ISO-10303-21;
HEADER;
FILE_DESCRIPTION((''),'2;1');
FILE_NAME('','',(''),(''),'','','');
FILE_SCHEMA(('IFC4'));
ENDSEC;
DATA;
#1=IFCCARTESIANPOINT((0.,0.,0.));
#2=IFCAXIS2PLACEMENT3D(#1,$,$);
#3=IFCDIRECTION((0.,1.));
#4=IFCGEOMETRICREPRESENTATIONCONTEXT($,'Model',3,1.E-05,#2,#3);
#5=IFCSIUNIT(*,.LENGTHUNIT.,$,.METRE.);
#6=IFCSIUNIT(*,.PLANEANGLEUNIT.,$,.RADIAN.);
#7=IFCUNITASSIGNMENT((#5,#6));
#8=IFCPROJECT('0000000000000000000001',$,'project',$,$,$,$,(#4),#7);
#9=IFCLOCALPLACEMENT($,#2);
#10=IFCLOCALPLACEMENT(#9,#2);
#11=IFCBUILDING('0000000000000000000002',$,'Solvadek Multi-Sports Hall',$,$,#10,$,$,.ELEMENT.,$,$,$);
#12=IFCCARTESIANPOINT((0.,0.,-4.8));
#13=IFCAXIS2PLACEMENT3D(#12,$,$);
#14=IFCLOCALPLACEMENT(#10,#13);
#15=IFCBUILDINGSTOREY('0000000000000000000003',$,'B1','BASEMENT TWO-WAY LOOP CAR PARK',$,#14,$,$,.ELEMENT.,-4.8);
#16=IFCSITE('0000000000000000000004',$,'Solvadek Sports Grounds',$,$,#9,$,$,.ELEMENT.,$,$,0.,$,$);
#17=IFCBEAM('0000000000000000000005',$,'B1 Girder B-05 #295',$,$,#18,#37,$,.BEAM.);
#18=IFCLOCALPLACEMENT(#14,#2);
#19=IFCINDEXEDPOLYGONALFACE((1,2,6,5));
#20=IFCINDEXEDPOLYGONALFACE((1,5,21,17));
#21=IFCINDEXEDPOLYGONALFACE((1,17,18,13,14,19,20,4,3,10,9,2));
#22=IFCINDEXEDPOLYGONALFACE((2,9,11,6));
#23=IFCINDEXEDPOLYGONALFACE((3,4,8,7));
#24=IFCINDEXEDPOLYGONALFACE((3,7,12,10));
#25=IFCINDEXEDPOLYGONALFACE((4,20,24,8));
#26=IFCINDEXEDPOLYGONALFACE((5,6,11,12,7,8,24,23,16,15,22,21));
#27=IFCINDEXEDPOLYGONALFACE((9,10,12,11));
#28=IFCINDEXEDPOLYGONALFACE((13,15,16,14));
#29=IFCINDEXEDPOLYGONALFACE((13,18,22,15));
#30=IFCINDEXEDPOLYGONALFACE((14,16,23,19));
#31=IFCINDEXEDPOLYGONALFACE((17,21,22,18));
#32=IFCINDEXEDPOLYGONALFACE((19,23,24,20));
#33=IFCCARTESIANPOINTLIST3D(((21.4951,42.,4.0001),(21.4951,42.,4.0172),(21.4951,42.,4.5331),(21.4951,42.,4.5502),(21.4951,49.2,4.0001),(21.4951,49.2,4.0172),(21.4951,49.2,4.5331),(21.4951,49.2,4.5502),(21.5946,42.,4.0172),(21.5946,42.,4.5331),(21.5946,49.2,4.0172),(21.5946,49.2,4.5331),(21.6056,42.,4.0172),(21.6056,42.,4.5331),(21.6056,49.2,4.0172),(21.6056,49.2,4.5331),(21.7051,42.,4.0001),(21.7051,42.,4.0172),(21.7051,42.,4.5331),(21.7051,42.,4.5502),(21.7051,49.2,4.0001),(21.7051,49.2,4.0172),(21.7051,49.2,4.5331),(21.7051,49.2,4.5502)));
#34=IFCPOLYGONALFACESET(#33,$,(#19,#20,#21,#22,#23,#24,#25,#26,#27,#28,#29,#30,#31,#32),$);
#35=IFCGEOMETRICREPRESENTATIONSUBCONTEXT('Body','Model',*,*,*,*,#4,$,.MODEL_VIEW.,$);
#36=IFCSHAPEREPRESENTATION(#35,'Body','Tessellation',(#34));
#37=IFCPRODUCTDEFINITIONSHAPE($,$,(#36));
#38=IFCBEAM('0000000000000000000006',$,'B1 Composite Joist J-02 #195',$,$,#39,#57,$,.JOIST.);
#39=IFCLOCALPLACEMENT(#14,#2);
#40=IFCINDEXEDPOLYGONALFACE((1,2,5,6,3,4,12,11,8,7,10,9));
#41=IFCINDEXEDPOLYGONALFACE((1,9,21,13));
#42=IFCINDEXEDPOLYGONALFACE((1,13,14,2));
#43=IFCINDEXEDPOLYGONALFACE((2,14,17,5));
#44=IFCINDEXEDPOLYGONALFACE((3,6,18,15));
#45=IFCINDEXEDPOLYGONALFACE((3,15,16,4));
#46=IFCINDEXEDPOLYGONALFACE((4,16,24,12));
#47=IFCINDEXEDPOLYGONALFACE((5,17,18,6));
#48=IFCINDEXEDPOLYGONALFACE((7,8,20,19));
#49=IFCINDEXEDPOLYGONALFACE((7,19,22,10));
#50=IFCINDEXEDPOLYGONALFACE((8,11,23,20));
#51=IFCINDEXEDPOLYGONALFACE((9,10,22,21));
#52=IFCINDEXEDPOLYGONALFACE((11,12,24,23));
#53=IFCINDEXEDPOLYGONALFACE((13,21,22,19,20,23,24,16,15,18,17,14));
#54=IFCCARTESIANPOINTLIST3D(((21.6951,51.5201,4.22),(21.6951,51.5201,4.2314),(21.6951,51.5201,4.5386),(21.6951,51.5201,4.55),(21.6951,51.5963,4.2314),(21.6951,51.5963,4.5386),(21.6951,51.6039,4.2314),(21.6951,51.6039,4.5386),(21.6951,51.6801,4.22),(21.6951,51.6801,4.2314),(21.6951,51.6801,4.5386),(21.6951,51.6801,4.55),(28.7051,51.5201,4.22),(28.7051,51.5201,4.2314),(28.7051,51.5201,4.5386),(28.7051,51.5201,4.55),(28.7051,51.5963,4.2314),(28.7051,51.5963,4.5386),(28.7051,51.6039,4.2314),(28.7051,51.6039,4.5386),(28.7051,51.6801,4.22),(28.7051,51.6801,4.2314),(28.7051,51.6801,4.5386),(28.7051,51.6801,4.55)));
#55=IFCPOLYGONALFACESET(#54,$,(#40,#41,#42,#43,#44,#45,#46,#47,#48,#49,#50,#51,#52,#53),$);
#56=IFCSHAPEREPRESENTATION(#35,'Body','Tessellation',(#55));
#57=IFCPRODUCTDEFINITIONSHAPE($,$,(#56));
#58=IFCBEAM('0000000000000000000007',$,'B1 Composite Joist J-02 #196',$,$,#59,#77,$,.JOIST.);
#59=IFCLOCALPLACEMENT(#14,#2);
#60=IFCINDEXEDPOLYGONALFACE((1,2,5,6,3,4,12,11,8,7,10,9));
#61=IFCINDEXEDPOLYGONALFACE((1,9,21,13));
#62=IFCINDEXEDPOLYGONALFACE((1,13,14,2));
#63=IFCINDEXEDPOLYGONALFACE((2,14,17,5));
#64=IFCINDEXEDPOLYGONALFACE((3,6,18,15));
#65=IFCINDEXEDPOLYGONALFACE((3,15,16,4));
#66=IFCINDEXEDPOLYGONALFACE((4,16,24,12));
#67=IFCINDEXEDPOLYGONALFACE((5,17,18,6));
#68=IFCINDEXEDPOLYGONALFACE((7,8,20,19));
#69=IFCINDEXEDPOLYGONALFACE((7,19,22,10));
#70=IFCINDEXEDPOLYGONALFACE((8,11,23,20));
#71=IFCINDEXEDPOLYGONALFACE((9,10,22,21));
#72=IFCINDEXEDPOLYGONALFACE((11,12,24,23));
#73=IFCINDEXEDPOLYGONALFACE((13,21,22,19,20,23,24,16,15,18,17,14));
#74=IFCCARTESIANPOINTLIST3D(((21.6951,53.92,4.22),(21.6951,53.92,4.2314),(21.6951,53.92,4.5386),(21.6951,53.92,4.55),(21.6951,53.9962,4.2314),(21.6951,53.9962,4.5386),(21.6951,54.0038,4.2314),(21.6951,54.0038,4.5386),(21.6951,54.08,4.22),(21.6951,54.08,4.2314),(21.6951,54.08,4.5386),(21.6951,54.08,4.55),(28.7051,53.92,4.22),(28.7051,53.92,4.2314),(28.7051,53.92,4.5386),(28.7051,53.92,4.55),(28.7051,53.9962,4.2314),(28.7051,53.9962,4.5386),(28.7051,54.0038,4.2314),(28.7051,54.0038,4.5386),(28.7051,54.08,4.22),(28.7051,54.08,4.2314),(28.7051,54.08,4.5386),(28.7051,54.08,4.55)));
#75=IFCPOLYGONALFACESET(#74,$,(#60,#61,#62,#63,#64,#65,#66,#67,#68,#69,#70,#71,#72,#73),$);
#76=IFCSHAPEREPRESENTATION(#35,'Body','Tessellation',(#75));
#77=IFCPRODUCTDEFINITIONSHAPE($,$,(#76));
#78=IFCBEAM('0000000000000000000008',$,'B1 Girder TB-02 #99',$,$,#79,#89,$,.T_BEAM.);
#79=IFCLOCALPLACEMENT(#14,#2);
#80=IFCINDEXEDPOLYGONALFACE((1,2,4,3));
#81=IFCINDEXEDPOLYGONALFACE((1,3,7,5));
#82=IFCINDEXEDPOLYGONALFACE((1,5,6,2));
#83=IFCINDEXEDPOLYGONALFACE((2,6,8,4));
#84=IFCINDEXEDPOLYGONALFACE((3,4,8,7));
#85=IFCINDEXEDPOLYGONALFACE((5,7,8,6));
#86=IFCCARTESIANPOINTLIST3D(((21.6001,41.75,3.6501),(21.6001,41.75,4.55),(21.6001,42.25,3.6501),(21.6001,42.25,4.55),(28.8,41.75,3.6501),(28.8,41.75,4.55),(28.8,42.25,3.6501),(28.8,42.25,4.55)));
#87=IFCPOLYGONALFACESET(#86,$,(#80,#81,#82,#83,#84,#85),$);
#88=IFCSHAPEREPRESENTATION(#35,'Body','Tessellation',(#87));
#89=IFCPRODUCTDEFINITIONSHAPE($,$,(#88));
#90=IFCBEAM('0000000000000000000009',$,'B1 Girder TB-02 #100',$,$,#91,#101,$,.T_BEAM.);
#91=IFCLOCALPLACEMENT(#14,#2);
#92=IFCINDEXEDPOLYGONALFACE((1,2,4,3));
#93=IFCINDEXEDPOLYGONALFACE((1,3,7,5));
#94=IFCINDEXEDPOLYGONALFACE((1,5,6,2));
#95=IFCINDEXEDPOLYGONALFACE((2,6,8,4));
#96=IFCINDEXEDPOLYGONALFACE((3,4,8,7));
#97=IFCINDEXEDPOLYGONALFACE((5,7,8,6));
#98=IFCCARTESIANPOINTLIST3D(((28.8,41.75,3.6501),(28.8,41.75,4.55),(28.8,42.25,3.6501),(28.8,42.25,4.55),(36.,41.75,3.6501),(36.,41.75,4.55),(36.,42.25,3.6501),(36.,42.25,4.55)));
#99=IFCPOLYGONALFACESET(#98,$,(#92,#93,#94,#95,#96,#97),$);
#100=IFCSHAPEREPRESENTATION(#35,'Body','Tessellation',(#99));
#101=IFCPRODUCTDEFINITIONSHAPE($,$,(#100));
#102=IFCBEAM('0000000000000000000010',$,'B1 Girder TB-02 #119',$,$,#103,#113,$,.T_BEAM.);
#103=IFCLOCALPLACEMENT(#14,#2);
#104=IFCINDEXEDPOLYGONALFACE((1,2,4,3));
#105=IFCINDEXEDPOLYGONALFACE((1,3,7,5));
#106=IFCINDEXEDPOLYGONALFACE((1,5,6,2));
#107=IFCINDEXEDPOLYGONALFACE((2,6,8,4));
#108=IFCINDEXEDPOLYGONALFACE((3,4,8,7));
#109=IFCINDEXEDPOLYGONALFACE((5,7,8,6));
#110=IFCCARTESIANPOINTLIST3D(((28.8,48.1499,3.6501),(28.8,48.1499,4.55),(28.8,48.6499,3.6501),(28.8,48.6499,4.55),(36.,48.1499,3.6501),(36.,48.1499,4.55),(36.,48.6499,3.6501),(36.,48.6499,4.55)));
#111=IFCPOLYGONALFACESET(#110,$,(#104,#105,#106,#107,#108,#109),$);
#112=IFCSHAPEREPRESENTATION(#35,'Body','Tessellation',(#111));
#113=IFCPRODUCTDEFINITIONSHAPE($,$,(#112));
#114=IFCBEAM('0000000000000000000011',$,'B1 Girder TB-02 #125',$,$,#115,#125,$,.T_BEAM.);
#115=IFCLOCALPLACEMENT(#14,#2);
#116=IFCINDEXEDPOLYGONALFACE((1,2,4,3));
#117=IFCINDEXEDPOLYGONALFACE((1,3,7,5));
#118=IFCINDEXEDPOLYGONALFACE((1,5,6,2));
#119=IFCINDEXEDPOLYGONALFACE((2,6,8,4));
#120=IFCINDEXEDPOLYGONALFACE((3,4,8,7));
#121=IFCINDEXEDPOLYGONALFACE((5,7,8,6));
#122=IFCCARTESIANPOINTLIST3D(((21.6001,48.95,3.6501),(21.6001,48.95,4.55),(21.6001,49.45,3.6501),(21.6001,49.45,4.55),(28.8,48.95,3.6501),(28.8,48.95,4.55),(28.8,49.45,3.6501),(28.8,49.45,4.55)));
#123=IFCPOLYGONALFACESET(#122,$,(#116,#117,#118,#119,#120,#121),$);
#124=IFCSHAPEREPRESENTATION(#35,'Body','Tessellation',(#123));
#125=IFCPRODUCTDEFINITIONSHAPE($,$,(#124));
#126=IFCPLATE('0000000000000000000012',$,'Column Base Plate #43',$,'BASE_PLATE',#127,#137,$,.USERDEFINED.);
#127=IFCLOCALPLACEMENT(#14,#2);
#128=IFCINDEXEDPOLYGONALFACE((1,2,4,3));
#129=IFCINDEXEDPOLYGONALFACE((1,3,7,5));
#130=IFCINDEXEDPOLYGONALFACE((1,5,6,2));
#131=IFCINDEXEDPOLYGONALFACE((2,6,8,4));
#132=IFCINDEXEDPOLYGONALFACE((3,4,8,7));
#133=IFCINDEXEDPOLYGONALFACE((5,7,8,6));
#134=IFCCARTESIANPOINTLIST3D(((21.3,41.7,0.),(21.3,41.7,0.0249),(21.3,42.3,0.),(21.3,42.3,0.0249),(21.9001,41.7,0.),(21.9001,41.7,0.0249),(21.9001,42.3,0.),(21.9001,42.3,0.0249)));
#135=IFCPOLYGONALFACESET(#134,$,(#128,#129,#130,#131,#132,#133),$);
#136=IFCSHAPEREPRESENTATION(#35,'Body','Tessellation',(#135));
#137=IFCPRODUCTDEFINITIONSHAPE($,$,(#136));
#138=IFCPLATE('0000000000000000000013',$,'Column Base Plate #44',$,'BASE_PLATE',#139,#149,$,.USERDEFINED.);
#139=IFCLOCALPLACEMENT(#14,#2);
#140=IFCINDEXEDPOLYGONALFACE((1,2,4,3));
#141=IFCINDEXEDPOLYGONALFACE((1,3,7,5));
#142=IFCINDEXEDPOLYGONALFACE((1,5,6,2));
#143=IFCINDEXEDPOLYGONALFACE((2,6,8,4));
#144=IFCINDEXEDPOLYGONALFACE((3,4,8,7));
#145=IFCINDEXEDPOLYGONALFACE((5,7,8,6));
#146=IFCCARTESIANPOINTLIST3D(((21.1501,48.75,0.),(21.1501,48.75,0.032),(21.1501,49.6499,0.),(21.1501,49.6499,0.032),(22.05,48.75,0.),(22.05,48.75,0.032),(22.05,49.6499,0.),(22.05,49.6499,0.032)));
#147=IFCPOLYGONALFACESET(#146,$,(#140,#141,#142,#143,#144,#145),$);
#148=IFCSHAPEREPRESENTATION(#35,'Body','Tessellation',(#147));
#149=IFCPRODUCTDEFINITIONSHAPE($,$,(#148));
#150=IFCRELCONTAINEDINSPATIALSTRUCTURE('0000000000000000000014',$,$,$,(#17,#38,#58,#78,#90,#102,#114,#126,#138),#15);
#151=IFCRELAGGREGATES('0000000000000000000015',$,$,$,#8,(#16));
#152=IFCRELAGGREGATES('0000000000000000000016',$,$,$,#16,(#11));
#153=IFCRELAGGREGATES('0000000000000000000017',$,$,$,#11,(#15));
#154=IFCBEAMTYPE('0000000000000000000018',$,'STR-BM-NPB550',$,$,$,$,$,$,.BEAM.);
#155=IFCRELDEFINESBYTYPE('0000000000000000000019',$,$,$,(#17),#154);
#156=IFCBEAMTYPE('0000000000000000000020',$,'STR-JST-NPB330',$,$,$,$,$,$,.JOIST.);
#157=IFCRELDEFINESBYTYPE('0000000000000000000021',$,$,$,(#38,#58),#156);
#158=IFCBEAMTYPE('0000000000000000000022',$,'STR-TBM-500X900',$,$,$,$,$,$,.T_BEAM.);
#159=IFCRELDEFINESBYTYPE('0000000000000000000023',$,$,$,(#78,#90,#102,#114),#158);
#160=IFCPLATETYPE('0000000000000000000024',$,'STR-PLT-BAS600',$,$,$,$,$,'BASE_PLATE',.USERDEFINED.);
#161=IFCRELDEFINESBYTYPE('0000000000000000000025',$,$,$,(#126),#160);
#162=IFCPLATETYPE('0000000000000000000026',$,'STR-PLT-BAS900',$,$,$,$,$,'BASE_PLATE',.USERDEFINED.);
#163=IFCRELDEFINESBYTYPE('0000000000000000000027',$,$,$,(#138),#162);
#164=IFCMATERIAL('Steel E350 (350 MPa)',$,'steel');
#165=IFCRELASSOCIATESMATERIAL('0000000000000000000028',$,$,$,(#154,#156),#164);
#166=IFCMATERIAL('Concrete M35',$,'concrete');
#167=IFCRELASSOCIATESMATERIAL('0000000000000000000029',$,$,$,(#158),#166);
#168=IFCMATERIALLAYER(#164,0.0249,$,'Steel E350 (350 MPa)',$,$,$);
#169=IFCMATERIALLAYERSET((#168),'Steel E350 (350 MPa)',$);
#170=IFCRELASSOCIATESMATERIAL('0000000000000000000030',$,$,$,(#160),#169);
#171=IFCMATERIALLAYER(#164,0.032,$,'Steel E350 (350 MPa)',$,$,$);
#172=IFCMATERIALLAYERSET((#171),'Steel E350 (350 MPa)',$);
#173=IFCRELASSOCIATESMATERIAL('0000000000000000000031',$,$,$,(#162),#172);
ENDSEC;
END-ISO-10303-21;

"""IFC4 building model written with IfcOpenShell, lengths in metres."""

from ifc_helpers import new_model, si_unit, direction, frame, origin, origin_2d, place, context, subcontext, project, spatial, rectangle, i_section, extrude, material, layer, layer_set, material_profile, profile_set, type_object, element, save


model = new_model("IFC4")

# Units and contexts
model_context = context("Model", 3, precision=1e-05, world=origin(), true_north=direction((0.0, 1.0)))
body_context = subcontext(model_context, "Body", "Model", "MODEL_VIEW")
ifc_project = project(units=[si_unit("LENGTHUNIT", "METRE"), si_unit("PLANEANGLEUNIT", "RADIAN")], contexts=[model_context])

# Site, building, storey
site_placement = place(None, origin())
site = spatial("IfcSite", under=ifc_project, at=site_placement, Name="Solvadek Sports Grounds", CompositionType="ELEMENT", RefElevation=0.0)
building_placement = place(site_placement, origin())
building = spatial("IfcBuilding", under=site, at=building_placement, Name="Solvadek Multi-Sports Hall", CompositionType="ELEMENT")
storey_placement = place(building_placement, frame((0.0, 0.0, -4.8)))
storey = spatial("IfcBuildingStorey", under=building, at=storey_placement, Name="B1", Description="BASEMENT TWO-WAY LOOP CAR PARK", CompositionType="ELEMENT", Elevation=-4.8)

# Shared definitions
ifc_material_1 = material(Name="Concrete M35", Category="concrete")

# Shared definitions
ifc_material_2 = material(Name="Steel E350 (350 MPa)", Category="steel")

# Beams
ifc_material_profile_1 = material_profile(ifc_material_2, i_section(OverallWidth=0.21, OverallDepth=0.55, WebThickness=0.011, FlangeThickness=0.0171, at=origin_2d()), Name="NPB 550")
ifc_profile_set_1 = profile_set([ifc_material_profile_1], Name="Steel E350 (350 MPa)")
beam_type_1 = type_object("IfcBeamType", Name="STR-BM-NPB550", PredefinedType="BEAM", material=ifc_profile_set_1)
beam_1_placement = place(storey_placement, frame((21.6001, 42.0, 4.2751), z_axis=(0.0, 1.0, 0.0), x_axis=(-1.0, 0.0, 0.0)))
element("IfcBeam", 1, at=beam_1_placement, inside=storey, type_object=beam_type_1, Name="B1 Girder B-05 #295", PredefinedType="BEAM", context=body_context, shape_type="SweptSolid", body=[
    extrude(i_section(OverallWidth=0.21, OverallDepth=0.55, WebThickness=0.011, FlangeThickness=0.0171, at=origin_2d()), origin(), (0.0, 0.0, 1.0), 7.2),
])
ifc_material_profile_2 = material_profile(ifc_material_2, i_section(OverallWidth=0.1599, OverallDepth=0.3301, WebThickness=0.0076, FlangeThickness=0.0115, at=origin_2d()), Name="NPB 330")
ifc_profile_set_2 = profile_set([ifc_material_profile_2], Name="Steel E350 (350 MPa)")
beam_type_2 = type_object("IfcBeamType", Name="STR-JST-NPB330", PredefinedType="JOIST", material=ifc_profile_set_2)
for number, where, z_axis, x_axis, name in (
    (2, (21.6951, 51.6001, 4.385), (1.0, 0.0, 0.0), (0.0, 1.0, 0.0), "B1 Composite Joist J-02 #195"),
    (3, (21.6951, 54.0, 4.385), (1.0, 0.0, 0.0), (0.0, 1.0, 0.0), "B1 Composite Joist J-02 #196"),
):
    element("IfcBeam", number, at=place(storey_placement, frame(where, z_axis=z_axis, x_axis=x_axis)), inside=storey, type_object=beam_type_2, Name=name, PredefinedType="JOIST", context=body_context, shape_type="SweptSolid", body=[
        extrude(i_section(OverallWidth=0.1599, OverallDepth=0.3301, WebThickness=0.0076, FlangeThickness=0.0115, at=origin_2d()), origin(), (0.0, 0.0, 1.0), 7.01),
    ])
ifc_material_profile_3 = material_profile(ifc_material_1, rectangle(XDim=0.5, YDim=0.8999, at=origin_2d()), Name="RC T-BEAM 500x900")
ifc_profile_set_3 = profile_set([ifc_material_profile_3], Name="Concrete M35")
beam_type_3 = type_object("IfcBeamType", Name="STR-TBM-500X900", PredefinedType="T_BEAM", material=ifc_profile_set_3)
for number, where, z_axis, x_axis, name in (
    (4, (21.6001, 42.0, 4.1001), (1.0, 0.0, 0.0), (0.0, 1.0, 0.0), "B1 Girder TB-02 #99"),
    (5, (28.8, 42.0, 4.1001), (1.0, 0.0, 0.0), (0.0, 1.0, 0.0), "B1 Girder TB-02 #100"),
    (6, (28.8, 48.3999, 4.1001), (1.0, 0.0, 0.0), (0.0, 1.0, 0.0), "B1 Girder TB-02 #119"),
    (7, (21.6001, 49.2, 4.1001), (1.0, 0.0, 0.0), (0.0, 1.0, 0.0), "B1 Girder TB-02 #125"),
):
    element("IfcBeam", number, at=place(storey_placement, frame(where, z_axis=z_axis, x_axis=x_axis)), inside=storey, type_object=beam_type_3, Name=name, PredefinedType="T_BEAM", context=body_context, shape_type="SweptSolid", body=[
        extrude(rectangle(XDim=0.5, YDim=0.8999, at=origin_2d()), origin(), (0.0, 0.0, 1.0), 7.2),
    ])

# Plates
ifc_layer_1 = layer(ifc_material_2, 0.0249, Name="Steel E350 (350 MPa)")
ifc_layer_set_1 = layer_set([ifc_layer_1], Name="Steel E350 (350 MPa)")
plate_type_1 = type_object("IfcPlateType", Name="STR-PLT-BAS600", ElementType="BASE_PLATE", PredefinedType="USERDEFINED", material=ifc_layer_set_1)
plate_1_placement = place(storey_placement, frame((21.6001, 42.0, 0.0), z_axis=(0.0, 0.0, 1.0), x_axis=(1.0, 0.0, 0.0)))
element("IfcPlate", 8, at=plate_1_placement, inside=storey, type_object=plate_type_1, Name="Column Base Plate #43", ObjectType="BASE_PLATE", PredefinedType="USERDEFINED", context=body_context, shape_type="SweptSolid", body=[
    extrude(rectangle(XDim=0.6001, YDim=0.6001, at=origin_2d()), origin(), (0.0, 0.0, 1.0), 0.0249),
])
ifc_layer_2 = layer(ifc_material_2, 0.032, Name="Steel E350 (350 MPa)")
ifc_layer_set_2 = layer_set([ifc_layer_2], Name="Steel E350 (350 MPa)")
plate_type_2 = type_object("IfcPlateType", Name="STR-PLT-BAS900", ElementType="BASE_PLATE", PredefinedType="USERDEFINED", material=ifc_layer_set_2)
plate_2_placement = place(storey_placement, frame((21.6001, 49.2, 0.0), z_axis=(0.0, 0.0, 1.0), x_axis=(1.0, 0.0, 0.0)))
element("IfcPlate", 9, at=plate_2_placement, inside=storey, type_object=plate_type_2, Name="Column Base Plate #44", ObjectType="BASE_PLATE", PredefinedType="USERDEFINED", context=body_context, shape_type="SweptSolid", body=[
    extrude(rectangle(XDim=0.8999, YDim=0.8999, at=origin_2d()), origin(), (0.0, 0.0, 1.0), 0.032),
])

save(model, "model.ifc")
